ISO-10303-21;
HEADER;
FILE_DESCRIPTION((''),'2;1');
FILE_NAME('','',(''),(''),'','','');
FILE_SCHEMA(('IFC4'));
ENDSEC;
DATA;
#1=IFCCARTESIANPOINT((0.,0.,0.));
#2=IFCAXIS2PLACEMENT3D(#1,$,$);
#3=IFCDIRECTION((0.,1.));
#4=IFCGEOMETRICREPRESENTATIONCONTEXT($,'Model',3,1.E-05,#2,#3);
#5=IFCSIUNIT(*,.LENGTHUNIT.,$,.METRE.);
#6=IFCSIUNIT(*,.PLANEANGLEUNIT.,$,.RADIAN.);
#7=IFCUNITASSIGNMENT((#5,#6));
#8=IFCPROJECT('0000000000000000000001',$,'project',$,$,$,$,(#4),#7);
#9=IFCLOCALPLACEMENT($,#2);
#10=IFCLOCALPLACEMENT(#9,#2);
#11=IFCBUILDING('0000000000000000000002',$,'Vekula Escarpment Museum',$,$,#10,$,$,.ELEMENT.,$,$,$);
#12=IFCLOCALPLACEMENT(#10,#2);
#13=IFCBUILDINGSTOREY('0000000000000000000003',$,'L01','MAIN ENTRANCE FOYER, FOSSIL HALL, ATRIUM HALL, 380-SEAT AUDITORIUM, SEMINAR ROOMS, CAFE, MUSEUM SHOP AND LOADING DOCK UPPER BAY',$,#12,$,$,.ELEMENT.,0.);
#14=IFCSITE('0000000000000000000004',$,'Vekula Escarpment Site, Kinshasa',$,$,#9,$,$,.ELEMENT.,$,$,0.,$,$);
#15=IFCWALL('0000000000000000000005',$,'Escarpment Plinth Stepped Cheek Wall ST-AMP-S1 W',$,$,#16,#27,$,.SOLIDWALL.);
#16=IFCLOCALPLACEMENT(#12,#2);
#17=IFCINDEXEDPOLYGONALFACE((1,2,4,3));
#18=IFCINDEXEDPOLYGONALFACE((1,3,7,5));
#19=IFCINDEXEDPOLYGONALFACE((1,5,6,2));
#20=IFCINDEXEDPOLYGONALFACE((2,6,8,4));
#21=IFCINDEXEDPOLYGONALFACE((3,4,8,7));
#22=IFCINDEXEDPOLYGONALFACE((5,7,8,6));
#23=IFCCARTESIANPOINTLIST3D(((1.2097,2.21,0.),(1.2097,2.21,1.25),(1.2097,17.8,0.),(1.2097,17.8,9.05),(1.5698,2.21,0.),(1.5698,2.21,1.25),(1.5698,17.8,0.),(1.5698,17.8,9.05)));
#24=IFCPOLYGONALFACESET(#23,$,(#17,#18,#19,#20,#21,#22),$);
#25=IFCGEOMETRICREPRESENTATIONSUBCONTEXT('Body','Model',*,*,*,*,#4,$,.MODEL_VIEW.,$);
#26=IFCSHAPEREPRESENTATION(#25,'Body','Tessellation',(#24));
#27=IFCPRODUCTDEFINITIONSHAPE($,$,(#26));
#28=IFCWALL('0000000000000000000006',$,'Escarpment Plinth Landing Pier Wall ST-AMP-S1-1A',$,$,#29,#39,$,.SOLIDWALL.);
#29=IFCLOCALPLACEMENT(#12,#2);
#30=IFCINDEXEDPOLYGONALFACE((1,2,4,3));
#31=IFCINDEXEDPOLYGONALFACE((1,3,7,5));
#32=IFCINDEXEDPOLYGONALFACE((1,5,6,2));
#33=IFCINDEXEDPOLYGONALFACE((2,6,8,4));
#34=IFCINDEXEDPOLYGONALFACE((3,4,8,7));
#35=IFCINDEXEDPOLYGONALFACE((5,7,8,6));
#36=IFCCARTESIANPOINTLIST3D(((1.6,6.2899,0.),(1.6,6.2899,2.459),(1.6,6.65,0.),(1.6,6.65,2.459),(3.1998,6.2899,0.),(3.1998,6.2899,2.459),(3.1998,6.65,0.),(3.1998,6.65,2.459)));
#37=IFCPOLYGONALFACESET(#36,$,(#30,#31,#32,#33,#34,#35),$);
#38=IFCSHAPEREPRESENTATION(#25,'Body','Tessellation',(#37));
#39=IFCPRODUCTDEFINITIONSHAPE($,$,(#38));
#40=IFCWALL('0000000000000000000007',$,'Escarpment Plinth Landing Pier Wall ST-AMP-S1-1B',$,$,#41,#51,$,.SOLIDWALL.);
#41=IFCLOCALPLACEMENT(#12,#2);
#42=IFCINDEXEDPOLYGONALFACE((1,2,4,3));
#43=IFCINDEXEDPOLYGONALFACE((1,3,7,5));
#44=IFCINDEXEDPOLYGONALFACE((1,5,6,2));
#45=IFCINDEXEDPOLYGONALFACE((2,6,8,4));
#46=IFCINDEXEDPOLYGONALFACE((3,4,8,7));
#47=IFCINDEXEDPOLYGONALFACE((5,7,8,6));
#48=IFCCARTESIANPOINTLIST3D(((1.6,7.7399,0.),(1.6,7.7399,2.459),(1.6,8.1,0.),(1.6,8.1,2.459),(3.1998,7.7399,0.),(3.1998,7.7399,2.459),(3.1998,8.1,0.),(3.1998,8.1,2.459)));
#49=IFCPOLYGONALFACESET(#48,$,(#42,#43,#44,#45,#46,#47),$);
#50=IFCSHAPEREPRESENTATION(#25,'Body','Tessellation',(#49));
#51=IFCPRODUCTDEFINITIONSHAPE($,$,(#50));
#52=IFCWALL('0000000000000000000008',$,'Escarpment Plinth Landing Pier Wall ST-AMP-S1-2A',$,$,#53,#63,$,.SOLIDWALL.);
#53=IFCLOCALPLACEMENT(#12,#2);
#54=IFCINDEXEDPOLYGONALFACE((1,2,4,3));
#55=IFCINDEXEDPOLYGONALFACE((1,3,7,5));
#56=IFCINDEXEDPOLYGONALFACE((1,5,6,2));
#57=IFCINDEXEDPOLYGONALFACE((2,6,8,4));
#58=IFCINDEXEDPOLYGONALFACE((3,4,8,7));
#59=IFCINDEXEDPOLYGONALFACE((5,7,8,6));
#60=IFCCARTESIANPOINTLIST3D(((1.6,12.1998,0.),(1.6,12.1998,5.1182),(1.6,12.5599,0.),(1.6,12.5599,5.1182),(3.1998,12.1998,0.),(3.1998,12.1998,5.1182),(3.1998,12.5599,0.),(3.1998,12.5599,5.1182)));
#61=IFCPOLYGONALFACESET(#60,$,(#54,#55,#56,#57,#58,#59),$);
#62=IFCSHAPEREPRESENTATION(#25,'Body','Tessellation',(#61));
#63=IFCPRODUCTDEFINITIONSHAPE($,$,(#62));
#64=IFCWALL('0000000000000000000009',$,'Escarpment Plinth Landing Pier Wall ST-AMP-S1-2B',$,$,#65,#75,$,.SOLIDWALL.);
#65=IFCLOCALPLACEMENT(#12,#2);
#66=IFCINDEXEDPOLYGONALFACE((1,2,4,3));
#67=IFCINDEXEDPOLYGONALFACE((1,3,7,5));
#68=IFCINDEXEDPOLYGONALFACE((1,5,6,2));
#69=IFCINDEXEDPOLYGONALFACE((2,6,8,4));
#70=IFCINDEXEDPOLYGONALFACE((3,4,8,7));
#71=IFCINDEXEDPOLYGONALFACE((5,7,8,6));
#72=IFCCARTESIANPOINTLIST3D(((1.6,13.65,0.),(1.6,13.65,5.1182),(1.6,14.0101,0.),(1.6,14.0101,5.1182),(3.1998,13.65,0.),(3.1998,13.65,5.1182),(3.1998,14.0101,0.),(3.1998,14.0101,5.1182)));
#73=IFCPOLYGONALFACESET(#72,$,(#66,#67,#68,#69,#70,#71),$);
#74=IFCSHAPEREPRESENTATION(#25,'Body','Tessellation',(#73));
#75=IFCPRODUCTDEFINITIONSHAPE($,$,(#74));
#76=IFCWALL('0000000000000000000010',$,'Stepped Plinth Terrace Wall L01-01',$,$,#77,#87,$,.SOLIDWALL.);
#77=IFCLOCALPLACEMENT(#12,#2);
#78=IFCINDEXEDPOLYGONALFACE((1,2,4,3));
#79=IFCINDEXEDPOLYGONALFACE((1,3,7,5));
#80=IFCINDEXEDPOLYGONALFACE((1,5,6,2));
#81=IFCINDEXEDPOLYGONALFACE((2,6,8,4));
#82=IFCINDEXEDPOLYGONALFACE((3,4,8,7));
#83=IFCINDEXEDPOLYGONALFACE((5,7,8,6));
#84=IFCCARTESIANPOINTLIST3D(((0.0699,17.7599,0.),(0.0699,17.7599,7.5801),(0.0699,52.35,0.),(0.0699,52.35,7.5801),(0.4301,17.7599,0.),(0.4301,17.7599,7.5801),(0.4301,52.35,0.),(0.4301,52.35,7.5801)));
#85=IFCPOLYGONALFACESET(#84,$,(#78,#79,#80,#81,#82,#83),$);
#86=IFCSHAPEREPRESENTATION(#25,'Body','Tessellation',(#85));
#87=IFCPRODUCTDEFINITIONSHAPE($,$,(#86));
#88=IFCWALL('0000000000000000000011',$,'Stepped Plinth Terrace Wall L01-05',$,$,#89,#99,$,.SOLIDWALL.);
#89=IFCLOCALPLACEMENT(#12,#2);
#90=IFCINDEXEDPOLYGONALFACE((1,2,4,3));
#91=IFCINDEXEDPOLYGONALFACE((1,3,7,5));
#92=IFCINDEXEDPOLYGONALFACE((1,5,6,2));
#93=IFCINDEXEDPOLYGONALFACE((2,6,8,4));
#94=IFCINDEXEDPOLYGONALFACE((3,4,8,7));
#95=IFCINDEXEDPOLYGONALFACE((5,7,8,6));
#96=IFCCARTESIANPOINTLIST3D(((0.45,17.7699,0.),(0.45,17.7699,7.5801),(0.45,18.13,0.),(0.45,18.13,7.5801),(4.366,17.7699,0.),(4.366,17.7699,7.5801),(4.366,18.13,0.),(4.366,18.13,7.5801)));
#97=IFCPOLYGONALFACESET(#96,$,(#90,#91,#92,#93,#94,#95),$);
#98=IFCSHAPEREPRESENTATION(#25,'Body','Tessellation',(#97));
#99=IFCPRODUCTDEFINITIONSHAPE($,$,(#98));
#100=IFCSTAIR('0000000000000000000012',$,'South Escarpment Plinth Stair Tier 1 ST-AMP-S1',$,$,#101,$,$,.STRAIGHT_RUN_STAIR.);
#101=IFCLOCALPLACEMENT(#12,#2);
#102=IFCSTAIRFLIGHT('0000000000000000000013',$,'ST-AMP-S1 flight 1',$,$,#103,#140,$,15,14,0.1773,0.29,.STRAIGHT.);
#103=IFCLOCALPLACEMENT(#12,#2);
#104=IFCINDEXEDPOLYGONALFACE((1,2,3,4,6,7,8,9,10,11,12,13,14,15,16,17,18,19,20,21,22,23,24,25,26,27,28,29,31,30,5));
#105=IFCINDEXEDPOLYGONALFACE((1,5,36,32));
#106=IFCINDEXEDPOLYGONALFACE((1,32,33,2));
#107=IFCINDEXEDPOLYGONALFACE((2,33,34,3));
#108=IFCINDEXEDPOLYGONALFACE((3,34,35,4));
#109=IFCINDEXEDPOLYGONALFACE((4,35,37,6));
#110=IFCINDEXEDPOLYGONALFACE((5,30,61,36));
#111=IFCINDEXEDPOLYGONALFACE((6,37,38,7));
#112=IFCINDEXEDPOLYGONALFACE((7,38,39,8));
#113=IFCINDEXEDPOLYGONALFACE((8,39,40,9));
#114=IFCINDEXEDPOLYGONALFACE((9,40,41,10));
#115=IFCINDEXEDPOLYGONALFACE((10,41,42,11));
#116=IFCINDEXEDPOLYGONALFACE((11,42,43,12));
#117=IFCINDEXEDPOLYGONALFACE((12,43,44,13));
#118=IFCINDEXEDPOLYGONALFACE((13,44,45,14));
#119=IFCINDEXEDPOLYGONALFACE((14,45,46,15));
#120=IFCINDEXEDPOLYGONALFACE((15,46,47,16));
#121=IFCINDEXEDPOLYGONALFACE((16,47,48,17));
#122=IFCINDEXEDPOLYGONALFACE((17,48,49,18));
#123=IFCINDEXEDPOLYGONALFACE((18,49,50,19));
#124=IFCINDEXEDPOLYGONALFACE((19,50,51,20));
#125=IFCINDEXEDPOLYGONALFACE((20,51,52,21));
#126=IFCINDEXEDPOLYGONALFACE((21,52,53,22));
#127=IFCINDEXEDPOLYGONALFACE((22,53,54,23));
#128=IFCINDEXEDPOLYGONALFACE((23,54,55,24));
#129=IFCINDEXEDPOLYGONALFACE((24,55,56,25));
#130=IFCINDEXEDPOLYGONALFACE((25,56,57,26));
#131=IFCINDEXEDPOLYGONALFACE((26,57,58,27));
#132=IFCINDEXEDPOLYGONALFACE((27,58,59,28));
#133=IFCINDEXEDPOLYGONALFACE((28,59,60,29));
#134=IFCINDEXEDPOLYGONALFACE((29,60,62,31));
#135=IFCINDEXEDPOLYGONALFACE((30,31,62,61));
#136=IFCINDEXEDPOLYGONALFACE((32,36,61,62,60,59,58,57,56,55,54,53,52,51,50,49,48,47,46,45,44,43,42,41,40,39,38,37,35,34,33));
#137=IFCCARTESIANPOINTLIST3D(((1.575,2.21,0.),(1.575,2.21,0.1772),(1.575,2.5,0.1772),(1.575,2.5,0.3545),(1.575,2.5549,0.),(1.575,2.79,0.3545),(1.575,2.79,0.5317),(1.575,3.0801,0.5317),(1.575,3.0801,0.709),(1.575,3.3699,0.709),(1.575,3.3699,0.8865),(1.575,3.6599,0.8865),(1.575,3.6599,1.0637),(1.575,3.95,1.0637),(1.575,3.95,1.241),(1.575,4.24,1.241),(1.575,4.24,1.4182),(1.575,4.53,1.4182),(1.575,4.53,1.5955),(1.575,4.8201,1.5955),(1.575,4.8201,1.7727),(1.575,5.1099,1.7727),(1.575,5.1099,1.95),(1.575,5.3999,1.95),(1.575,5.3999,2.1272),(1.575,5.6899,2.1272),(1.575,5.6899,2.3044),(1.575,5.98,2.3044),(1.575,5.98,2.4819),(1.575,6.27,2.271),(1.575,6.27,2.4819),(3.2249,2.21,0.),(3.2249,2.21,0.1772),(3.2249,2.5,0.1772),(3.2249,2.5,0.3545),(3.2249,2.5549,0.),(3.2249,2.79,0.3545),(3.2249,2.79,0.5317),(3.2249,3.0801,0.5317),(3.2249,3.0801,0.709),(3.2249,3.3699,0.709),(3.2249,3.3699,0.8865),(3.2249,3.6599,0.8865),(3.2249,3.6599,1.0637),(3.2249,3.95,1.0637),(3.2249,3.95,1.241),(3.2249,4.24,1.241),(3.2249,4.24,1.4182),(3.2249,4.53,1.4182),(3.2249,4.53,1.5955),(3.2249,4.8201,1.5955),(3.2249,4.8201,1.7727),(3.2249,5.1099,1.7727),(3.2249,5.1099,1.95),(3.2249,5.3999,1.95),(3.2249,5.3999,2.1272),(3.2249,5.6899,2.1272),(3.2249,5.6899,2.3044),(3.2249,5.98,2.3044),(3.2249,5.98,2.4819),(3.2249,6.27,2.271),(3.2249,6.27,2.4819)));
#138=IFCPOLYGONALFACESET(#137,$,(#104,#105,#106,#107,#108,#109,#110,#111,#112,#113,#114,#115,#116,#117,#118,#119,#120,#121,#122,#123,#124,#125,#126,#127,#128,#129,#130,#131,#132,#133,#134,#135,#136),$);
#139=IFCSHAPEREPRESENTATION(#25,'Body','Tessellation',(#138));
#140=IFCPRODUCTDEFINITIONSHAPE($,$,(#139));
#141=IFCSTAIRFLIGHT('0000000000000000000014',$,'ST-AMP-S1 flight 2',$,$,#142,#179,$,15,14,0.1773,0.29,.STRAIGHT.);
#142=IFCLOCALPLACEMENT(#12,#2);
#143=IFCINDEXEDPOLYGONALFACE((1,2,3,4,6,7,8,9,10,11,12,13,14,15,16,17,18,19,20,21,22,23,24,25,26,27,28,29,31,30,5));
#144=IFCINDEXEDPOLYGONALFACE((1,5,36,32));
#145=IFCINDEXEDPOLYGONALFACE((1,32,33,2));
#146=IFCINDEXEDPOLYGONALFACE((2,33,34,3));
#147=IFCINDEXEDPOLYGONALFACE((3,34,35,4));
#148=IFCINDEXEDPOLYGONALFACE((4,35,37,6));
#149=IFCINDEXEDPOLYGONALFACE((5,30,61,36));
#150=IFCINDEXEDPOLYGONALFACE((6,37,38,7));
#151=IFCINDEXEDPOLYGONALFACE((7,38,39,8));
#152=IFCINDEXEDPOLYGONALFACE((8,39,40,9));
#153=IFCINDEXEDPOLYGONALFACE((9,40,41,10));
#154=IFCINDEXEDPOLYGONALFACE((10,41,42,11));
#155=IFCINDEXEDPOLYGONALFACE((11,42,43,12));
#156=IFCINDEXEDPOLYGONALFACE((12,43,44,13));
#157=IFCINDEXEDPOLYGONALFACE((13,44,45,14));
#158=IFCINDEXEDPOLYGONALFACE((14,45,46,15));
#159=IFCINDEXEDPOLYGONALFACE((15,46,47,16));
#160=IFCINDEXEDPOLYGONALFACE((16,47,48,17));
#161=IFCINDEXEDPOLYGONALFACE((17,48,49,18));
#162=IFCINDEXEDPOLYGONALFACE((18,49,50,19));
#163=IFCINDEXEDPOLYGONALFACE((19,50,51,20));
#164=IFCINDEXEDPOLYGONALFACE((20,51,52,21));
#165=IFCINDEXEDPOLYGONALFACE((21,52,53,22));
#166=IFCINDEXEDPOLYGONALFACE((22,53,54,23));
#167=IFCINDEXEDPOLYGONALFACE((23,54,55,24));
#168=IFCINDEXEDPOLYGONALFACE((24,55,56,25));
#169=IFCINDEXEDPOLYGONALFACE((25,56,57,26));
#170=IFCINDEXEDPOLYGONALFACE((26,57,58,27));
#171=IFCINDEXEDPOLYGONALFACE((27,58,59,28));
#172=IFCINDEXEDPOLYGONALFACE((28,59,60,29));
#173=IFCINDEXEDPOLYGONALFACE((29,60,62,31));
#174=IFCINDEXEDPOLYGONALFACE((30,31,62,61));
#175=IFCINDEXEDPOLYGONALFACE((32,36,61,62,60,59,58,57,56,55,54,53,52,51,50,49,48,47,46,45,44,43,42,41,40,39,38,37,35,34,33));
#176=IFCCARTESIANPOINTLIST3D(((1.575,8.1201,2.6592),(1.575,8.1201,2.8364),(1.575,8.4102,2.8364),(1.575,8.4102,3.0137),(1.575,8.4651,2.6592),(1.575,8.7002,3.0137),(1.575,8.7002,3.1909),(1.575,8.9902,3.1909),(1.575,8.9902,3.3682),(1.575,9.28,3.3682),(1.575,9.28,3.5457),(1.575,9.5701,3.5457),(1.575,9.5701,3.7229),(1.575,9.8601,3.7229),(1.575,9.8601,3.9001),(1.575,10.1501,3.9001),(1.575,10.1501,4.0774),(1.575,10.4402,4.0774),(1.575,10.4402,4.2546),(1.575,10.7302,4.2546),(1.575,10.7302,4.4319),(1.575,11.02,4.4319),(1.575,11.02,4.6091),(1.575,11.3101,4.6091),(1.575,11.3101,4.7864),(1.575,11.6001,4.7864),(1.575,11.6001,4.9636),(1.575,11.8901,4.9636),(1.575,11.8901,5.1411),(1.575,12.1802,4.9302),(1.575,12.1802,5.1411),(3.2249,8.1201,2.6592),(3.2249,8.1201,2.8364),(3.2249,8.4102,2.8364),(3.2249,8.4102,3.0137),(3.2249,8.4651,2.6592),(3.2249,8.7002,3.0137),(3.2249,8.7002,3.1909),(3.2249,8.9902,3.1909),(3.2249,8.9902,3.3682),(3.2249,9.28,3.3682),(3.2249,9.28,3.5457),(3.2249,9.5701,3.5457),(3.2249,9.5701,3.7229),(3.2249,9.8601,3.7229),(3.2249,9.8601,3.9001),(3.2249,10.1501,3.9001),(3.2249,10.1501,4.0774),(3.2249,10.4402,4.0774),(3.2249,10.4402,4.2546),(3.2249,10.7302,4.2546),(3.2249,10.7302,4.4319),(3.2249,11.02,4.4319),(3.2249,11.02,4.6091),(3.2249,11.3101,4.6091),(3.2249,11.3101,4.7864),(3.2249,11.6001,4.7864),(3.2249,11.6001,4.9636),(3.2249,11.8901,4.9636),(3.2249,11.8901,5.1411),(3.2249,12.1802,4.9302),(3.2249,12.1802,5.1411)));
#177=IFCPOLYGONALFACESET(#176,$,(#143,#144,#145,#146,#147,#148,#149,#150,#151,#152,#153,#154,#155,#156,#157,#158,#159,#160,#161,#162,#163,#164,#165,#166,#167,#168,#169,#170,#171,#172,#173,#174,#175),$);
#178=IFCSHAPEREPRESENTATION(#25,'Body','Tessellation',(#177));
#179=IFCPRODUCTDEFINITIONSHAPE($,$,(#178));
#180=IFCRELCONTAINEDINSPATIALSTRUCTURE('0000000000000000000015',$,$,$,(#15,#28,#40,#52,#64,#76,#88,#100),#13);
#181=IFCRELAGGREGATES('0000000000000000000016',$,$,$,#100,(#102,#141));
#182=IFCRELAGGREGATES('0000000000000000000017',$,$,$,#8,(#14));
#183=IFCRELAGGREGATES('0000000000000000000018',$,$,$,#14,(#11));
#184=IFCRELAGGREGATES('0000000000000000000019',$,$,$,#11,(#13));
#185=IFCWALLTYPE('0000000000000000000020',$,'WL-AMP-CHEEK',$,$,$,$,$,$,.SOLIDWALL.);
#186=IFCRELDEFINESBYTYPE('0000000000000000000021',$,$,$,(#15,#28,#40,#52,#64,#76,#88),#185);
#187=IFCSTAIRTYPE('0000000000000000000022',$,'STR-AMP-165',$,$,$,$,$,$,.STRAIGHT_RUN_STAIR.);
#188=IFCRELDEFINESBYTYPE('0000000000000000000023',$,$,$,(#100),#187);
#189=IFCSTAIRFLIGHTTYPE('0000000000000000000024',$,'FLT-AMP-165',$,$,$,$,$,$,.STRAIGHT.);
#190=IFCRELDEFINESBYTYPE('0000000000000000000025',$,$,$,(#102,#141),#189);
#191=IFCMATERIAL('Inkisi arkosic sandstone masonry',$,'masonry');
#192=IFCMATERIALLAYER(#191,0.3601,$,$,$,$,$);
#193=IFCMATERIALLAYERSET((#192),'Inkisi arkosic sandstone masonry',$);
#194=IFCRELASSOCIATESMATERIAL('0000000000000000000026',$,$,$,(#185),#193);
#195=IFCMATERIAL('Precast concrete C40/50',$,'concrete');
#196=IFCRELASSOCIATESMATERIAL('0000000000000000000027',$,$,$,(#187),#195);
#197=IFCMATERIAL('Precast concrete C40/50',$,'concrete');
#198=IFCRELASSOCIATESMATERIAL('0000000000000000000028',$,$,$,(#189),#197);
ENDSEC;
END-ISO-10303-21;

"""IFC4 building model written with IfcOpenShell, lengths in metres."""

from ifc_helpers import new_model, si_unit, direction, frame, frame_2d, origin, place, context, subcontext, project, spatial, polyline, rectangle, outline, extrude, material, layer, layer_set, type_object, element, aggregate, save


model = new_model("IFC4")

# Units and contexts
model_context = context("Model", 3, precision=1e-05, world=origin(), true_north=direction((0.0, 1.0)))
body_context = subcontext(model_context, "Body", "Model", "MODEL_VIEW")
ifc_project = project(units=[si_unit("LENGTHUNIT", "METRE"), si_unit("PLANEANGLEUNIT", "RADIAN")], contexts=[model_context])

# Site, building, storey
site_placement = place(None, origin())
site = spatial("IfcSite", under=ifc_project, at=site_placement, Name="Vekula Escarpment Site, Kinshasa", CompositionType="ELEMENT", RefElevation=0.0)
building_placement = place(site_placement, origin())
building = spatial("IfcBuilding", under=site, at=building_placement, Name="Vekula Escarpment Museum", CompositionType="ELEMENT")
storey_placement = place(building_placement, origin())
storey = spatial("IfcBuildingStorey", under=building, at=storey_placement, Name="L01", Description="MAIN ENTRANCE FOYER, FOSSIL HALL, ATRIUM HALL, 380-SEAT AUDITORIUM, SEMINAR ROOMS, CAFE, MUSEUM SHOP AND LOADING DOCK UPPER BAY", CompositionType="ELEMENT", Elevation=0.0)

# Walls
ifc_material_1 = material(Name="Inkisi arkosic sandstone masonry", Category="masonry")
ifc_layer_1 = layer(ifc_material_1, 0.3601)
ifc_layer_set_1 = layer_set([ifc_layer_1], Name="Inkisi arkosic sandstone masonry")
wall_type = type_object("IfcWallType", Name="WL-AMP-CHEEK", PredefinedType="SOLIDWALL", material=ifc_layer_set_1)
wall_1_placement = place(storey_placement, frame((1.3899, 2.21, 0.0), z_axis=(0.0, 0.0, 1.0), x_axis=(0.0, 1.0, 0.0)))
element("IfcWall", 1, at=wall_1_placement, inside=storey, type_object=wall_type, Name="Escarpment Plinth Stepped Cheek Wall ST-AMP-S1 W", PredefinedType="SOLIDWALL", context=body_context, shape_type="SweptSolid", body=[
    extrude(outline(polyline([(0.0, 0.0), (15.5901, 0.0), (15.5901, 9.05), (0.0, 1.25), (0.0, 0.0)])), frame((0.0, 0.1802, 0.0), z_axis=(0.0, -1.0, 0.0), x_axis=(1.0, 0.0, 0.0)), (0.0, 0.0, 1.0), 0.3601),
])
for number, where, z_axis, x_axis, name in (
    (2, (1.6001, 6.47, 0.0), (0.0, 0.0, 1.0), (1.0, 0.0, 0.0), "Escarpment Plinth Landing Pier Wall ST-AMP-S1-1A"),
    (3, (1.6001, 7.9199, 0.0), (0.0, 0.0, 1.0), (1.0, 0.0, 0.0), "Escarpment Plinth Landing Pier Wall ST-AMP-S1-1B"),
):
    element("IfcWall", number, at=place(storey_placement, frame(where, z_axis=z_axis, x_axis=x_axis)), inside=storey, type_object=wall_type, Name=name, PredefinedType="SOLIDWALL", context=body_context, shape_type="SweptSolid", body=[
        extrude(rectangle(XDim=1.5999, YDim=0.3601, at=frame_2d((0.7998, 0.0))), origin(), (0.0, 0.0, 1.0), 2.459),
    ])
for number, where, z_axis, x_axis, name in (
    (4, (1.6001, 12.3799, 0.0), (0.0, 0.0, 1.0), (1.0, 0.0, 0.0), "Escarpment Plinth Landing Pier Wall ST-AMP-S1-2A"),
    (5, (1.6001, 13.8301, 0.0), (0.0, 0.0, 1.0), (1.0, 0.0, 0.0), "Escarpment Plinth Landing Pier Wall ST-AMP-S1-2B"),
):
    element("IfcWall", number, at=place(storey_placement, frame(where, z_axis=z_axis, x_axis=x_axis)), inside=storey, type_object=wall_type, Name=name, PredefinedType="SOLIDWALL", context=body_context, shape_type="SweptSolid", body=[
        extrude(rectangle(XDim=1.5999, YDim=0.3601, at=frame_2d((0.7998, 0.0))), origin(), (0.0, 0.0, 1.0), 5.1182),
    ])
wall_2_placement = place(storey_placement, frame((0.25, 17.76, 0.0), z_axis=(0.0, 0.0, 1.0), x_axis=(0.0, 1.0, 0.0)))
element("IfcWall", 6, at=wall_2_placement, inside=storey, type_object=wall_type, Name="Stepped Plinth Terrace Wall L01-01", PredefinedType="SOLIDWALL", context=body_context, shape_type="SweptSolid", body=[
    extrude(rectangle(XDim=34.5901, YDim=0.3601, at=frame_2d((17.2949, 0.0))), origin(), (0.0, 0.0, 1.0), 7.5801),
])
wall_3_placement = place(storey_placement, frame((0.45, 17.95, 0.0), z_axis=(0.0, 0.0, 1.0), x_axis=(1.0, 0.0, 0.0)))
element("IfcWall", 7, at=wall_3_placement, inside=storey, type_object=wall_type, Name="Stepped Plinth Terrace Wall L01-05", PredefinedType="SOLIDWALL", context=body_context, shape_type="SweptSolid", body=[
    extrude(rectangle(XDim=3.916, YDim=0.3601, at=frame_2d((1.958, 0.0))), origin(), (0.0, 0.0, 1.0), 7.5801),
])

# Stair, stair flights
ifc_material_2 = material(Name="Precast concrete C40/50", Category="concrete")
stair_type_1 = type_object("IfcStairType", Name="STR-AMP-165", PredefinedType="STRAIGHT_RUN_STAIR", material=ifc_material_2)
stair_1_placement = place(storey_placement, origin())
stair_1 = element("IfcStair", 8, at=stair_1_placement, inside=storey, type_object=stair_type_1, Name="South Escarpment Plinth Stair Tier 1 ST-AMP-S1", PredefinedType="STRAIGHT_RUN_STAIR")
ifc_material_3 = material(Name="Precast concrete C40/50", Category="concrete")
stair_flight_type = type_object("IfcStairFlightType", Name="FLT-AMP-165", PredefinedType="STRAIGHT", material=ifc_material_3)
stair_flight_1_placement = place(storey_placement, frame((2.3999, 2.21, 0.0), z_axis=(0.0, 0.0, 1.0), x_axis=(0.0, 1.0, 0.0)))
stair_flight_1 = element("IfcStairFlight", 9, at=stair_flight_1_placement, type_object=stair_flight_type, Name="ST-AMP-S1 flight 1", NumberOfRisers=15, NumberOfTreads=14, PredefinedType="STRAIGHT", RiserHeight=0.1773, TreadLength=0.29, context=body_context, shape_type="SweptSolid", body=[
    extrude(outline(polyline([(0.0, 0.0), (0.0, 0.1772), (0.29, 0.1772), (0.29, 0.3545), (0.5801, 0.3545), (0.5801, 0.5317), (0.8701, 0.5317), (0.8701, 0.709), (1.1599, 0.709), (1.1599, 0.8865), (1.45, 0.8865), (1.45, 1.0637), (1.74, 1.0637), (1.74, 1.241), (2.03, 1.241), (2.03, 1.4182), (2.3201, 1.4182), (2.3201, 1.5955), (2.6101, 1.5955), (2.6101, 1.7727), (2.8999, 1.7727), (2.8999, 1.95), (3.1899, 1.95), (3.1899, 2.1272), (3.48, 2.1272), (3.48, 2.3044), (3.77, 2.3044), (3.77, 2.4819), (4.0601, 2.4819), (4.0601, 2.6592), (4.0601, 2.271), (0.345, 0.0), (0.0, 0.0)])), frame((0.0, 0.825, 0.0), z_axis=(0.0, -1.0, 0.0), x_axis=(1.0, 0.0, 0.0)), (0.0, 0.0, 1.0), 1.6499),
])
stair_flight_2_placement = place(storey_placement, frame((2.3999, 8.1201, 2.6592), z_axis=(0.0, 0.0, 1.0), x_axis=(0.0, 1.0, 0.0)))
stair_flight_2 = element("IfcStairFlight", 10, at=stair_flight_2_placement, type_object=stair_flight_type, Name="ST-AMP-S1 flight 2", NumberOfRisers=15, NumberOfTreads=14, PredefinedType="STRAIGHT", RiserHeight=0.1773, TreadLength=0.29, context=body_context, shape_type="SweptSolid", body=[
    extrude(outline(polyline([(0.0, 0.0), (0.0, 0.1772), (0.29, 0.1772), (0.29, 0.3545), (0.5801, 0.3545), (0.5801, 0.5317), (0.8701, 0.5317), (0.8701, 0.709), (1.1599, 0.709), (1.1599, 0.8865), (1.45, 0.8865), (1.45, 1.0637), (1.74, 1.0637), (1.74, 1.241), (2.03, 1.241), (2.03, 1.4182), (2.3201, 1.4182), (2.3201, 1.5955), (2.6101, 1.5955), (2.6101, 1.7727), (2.8999, 1.7727), (2.8999, 1.95), (3.1899, 1.95), (3.1899, 2.1272), (3.48, 2.1272), (3.48, 2.3044), (3.77, 2.3044), (3.77, 2.4819), (4.0601, 2.4819), (4.0601, 2.6592), (4.0601, 2.271), (0.345, 0.0), (0.0, 0.0)])), frame((0.0, 0.825, 0.0), z_axis=(0.0, -1.0, 0.0), x_axis=(1.0, 0.0, 0.0)), (0.0, 0.0, 1.0), 1.6499),
])
aggregate(stair_1, [stair_flight_1, stair_flight_2])

save(model, "model.ifc")
